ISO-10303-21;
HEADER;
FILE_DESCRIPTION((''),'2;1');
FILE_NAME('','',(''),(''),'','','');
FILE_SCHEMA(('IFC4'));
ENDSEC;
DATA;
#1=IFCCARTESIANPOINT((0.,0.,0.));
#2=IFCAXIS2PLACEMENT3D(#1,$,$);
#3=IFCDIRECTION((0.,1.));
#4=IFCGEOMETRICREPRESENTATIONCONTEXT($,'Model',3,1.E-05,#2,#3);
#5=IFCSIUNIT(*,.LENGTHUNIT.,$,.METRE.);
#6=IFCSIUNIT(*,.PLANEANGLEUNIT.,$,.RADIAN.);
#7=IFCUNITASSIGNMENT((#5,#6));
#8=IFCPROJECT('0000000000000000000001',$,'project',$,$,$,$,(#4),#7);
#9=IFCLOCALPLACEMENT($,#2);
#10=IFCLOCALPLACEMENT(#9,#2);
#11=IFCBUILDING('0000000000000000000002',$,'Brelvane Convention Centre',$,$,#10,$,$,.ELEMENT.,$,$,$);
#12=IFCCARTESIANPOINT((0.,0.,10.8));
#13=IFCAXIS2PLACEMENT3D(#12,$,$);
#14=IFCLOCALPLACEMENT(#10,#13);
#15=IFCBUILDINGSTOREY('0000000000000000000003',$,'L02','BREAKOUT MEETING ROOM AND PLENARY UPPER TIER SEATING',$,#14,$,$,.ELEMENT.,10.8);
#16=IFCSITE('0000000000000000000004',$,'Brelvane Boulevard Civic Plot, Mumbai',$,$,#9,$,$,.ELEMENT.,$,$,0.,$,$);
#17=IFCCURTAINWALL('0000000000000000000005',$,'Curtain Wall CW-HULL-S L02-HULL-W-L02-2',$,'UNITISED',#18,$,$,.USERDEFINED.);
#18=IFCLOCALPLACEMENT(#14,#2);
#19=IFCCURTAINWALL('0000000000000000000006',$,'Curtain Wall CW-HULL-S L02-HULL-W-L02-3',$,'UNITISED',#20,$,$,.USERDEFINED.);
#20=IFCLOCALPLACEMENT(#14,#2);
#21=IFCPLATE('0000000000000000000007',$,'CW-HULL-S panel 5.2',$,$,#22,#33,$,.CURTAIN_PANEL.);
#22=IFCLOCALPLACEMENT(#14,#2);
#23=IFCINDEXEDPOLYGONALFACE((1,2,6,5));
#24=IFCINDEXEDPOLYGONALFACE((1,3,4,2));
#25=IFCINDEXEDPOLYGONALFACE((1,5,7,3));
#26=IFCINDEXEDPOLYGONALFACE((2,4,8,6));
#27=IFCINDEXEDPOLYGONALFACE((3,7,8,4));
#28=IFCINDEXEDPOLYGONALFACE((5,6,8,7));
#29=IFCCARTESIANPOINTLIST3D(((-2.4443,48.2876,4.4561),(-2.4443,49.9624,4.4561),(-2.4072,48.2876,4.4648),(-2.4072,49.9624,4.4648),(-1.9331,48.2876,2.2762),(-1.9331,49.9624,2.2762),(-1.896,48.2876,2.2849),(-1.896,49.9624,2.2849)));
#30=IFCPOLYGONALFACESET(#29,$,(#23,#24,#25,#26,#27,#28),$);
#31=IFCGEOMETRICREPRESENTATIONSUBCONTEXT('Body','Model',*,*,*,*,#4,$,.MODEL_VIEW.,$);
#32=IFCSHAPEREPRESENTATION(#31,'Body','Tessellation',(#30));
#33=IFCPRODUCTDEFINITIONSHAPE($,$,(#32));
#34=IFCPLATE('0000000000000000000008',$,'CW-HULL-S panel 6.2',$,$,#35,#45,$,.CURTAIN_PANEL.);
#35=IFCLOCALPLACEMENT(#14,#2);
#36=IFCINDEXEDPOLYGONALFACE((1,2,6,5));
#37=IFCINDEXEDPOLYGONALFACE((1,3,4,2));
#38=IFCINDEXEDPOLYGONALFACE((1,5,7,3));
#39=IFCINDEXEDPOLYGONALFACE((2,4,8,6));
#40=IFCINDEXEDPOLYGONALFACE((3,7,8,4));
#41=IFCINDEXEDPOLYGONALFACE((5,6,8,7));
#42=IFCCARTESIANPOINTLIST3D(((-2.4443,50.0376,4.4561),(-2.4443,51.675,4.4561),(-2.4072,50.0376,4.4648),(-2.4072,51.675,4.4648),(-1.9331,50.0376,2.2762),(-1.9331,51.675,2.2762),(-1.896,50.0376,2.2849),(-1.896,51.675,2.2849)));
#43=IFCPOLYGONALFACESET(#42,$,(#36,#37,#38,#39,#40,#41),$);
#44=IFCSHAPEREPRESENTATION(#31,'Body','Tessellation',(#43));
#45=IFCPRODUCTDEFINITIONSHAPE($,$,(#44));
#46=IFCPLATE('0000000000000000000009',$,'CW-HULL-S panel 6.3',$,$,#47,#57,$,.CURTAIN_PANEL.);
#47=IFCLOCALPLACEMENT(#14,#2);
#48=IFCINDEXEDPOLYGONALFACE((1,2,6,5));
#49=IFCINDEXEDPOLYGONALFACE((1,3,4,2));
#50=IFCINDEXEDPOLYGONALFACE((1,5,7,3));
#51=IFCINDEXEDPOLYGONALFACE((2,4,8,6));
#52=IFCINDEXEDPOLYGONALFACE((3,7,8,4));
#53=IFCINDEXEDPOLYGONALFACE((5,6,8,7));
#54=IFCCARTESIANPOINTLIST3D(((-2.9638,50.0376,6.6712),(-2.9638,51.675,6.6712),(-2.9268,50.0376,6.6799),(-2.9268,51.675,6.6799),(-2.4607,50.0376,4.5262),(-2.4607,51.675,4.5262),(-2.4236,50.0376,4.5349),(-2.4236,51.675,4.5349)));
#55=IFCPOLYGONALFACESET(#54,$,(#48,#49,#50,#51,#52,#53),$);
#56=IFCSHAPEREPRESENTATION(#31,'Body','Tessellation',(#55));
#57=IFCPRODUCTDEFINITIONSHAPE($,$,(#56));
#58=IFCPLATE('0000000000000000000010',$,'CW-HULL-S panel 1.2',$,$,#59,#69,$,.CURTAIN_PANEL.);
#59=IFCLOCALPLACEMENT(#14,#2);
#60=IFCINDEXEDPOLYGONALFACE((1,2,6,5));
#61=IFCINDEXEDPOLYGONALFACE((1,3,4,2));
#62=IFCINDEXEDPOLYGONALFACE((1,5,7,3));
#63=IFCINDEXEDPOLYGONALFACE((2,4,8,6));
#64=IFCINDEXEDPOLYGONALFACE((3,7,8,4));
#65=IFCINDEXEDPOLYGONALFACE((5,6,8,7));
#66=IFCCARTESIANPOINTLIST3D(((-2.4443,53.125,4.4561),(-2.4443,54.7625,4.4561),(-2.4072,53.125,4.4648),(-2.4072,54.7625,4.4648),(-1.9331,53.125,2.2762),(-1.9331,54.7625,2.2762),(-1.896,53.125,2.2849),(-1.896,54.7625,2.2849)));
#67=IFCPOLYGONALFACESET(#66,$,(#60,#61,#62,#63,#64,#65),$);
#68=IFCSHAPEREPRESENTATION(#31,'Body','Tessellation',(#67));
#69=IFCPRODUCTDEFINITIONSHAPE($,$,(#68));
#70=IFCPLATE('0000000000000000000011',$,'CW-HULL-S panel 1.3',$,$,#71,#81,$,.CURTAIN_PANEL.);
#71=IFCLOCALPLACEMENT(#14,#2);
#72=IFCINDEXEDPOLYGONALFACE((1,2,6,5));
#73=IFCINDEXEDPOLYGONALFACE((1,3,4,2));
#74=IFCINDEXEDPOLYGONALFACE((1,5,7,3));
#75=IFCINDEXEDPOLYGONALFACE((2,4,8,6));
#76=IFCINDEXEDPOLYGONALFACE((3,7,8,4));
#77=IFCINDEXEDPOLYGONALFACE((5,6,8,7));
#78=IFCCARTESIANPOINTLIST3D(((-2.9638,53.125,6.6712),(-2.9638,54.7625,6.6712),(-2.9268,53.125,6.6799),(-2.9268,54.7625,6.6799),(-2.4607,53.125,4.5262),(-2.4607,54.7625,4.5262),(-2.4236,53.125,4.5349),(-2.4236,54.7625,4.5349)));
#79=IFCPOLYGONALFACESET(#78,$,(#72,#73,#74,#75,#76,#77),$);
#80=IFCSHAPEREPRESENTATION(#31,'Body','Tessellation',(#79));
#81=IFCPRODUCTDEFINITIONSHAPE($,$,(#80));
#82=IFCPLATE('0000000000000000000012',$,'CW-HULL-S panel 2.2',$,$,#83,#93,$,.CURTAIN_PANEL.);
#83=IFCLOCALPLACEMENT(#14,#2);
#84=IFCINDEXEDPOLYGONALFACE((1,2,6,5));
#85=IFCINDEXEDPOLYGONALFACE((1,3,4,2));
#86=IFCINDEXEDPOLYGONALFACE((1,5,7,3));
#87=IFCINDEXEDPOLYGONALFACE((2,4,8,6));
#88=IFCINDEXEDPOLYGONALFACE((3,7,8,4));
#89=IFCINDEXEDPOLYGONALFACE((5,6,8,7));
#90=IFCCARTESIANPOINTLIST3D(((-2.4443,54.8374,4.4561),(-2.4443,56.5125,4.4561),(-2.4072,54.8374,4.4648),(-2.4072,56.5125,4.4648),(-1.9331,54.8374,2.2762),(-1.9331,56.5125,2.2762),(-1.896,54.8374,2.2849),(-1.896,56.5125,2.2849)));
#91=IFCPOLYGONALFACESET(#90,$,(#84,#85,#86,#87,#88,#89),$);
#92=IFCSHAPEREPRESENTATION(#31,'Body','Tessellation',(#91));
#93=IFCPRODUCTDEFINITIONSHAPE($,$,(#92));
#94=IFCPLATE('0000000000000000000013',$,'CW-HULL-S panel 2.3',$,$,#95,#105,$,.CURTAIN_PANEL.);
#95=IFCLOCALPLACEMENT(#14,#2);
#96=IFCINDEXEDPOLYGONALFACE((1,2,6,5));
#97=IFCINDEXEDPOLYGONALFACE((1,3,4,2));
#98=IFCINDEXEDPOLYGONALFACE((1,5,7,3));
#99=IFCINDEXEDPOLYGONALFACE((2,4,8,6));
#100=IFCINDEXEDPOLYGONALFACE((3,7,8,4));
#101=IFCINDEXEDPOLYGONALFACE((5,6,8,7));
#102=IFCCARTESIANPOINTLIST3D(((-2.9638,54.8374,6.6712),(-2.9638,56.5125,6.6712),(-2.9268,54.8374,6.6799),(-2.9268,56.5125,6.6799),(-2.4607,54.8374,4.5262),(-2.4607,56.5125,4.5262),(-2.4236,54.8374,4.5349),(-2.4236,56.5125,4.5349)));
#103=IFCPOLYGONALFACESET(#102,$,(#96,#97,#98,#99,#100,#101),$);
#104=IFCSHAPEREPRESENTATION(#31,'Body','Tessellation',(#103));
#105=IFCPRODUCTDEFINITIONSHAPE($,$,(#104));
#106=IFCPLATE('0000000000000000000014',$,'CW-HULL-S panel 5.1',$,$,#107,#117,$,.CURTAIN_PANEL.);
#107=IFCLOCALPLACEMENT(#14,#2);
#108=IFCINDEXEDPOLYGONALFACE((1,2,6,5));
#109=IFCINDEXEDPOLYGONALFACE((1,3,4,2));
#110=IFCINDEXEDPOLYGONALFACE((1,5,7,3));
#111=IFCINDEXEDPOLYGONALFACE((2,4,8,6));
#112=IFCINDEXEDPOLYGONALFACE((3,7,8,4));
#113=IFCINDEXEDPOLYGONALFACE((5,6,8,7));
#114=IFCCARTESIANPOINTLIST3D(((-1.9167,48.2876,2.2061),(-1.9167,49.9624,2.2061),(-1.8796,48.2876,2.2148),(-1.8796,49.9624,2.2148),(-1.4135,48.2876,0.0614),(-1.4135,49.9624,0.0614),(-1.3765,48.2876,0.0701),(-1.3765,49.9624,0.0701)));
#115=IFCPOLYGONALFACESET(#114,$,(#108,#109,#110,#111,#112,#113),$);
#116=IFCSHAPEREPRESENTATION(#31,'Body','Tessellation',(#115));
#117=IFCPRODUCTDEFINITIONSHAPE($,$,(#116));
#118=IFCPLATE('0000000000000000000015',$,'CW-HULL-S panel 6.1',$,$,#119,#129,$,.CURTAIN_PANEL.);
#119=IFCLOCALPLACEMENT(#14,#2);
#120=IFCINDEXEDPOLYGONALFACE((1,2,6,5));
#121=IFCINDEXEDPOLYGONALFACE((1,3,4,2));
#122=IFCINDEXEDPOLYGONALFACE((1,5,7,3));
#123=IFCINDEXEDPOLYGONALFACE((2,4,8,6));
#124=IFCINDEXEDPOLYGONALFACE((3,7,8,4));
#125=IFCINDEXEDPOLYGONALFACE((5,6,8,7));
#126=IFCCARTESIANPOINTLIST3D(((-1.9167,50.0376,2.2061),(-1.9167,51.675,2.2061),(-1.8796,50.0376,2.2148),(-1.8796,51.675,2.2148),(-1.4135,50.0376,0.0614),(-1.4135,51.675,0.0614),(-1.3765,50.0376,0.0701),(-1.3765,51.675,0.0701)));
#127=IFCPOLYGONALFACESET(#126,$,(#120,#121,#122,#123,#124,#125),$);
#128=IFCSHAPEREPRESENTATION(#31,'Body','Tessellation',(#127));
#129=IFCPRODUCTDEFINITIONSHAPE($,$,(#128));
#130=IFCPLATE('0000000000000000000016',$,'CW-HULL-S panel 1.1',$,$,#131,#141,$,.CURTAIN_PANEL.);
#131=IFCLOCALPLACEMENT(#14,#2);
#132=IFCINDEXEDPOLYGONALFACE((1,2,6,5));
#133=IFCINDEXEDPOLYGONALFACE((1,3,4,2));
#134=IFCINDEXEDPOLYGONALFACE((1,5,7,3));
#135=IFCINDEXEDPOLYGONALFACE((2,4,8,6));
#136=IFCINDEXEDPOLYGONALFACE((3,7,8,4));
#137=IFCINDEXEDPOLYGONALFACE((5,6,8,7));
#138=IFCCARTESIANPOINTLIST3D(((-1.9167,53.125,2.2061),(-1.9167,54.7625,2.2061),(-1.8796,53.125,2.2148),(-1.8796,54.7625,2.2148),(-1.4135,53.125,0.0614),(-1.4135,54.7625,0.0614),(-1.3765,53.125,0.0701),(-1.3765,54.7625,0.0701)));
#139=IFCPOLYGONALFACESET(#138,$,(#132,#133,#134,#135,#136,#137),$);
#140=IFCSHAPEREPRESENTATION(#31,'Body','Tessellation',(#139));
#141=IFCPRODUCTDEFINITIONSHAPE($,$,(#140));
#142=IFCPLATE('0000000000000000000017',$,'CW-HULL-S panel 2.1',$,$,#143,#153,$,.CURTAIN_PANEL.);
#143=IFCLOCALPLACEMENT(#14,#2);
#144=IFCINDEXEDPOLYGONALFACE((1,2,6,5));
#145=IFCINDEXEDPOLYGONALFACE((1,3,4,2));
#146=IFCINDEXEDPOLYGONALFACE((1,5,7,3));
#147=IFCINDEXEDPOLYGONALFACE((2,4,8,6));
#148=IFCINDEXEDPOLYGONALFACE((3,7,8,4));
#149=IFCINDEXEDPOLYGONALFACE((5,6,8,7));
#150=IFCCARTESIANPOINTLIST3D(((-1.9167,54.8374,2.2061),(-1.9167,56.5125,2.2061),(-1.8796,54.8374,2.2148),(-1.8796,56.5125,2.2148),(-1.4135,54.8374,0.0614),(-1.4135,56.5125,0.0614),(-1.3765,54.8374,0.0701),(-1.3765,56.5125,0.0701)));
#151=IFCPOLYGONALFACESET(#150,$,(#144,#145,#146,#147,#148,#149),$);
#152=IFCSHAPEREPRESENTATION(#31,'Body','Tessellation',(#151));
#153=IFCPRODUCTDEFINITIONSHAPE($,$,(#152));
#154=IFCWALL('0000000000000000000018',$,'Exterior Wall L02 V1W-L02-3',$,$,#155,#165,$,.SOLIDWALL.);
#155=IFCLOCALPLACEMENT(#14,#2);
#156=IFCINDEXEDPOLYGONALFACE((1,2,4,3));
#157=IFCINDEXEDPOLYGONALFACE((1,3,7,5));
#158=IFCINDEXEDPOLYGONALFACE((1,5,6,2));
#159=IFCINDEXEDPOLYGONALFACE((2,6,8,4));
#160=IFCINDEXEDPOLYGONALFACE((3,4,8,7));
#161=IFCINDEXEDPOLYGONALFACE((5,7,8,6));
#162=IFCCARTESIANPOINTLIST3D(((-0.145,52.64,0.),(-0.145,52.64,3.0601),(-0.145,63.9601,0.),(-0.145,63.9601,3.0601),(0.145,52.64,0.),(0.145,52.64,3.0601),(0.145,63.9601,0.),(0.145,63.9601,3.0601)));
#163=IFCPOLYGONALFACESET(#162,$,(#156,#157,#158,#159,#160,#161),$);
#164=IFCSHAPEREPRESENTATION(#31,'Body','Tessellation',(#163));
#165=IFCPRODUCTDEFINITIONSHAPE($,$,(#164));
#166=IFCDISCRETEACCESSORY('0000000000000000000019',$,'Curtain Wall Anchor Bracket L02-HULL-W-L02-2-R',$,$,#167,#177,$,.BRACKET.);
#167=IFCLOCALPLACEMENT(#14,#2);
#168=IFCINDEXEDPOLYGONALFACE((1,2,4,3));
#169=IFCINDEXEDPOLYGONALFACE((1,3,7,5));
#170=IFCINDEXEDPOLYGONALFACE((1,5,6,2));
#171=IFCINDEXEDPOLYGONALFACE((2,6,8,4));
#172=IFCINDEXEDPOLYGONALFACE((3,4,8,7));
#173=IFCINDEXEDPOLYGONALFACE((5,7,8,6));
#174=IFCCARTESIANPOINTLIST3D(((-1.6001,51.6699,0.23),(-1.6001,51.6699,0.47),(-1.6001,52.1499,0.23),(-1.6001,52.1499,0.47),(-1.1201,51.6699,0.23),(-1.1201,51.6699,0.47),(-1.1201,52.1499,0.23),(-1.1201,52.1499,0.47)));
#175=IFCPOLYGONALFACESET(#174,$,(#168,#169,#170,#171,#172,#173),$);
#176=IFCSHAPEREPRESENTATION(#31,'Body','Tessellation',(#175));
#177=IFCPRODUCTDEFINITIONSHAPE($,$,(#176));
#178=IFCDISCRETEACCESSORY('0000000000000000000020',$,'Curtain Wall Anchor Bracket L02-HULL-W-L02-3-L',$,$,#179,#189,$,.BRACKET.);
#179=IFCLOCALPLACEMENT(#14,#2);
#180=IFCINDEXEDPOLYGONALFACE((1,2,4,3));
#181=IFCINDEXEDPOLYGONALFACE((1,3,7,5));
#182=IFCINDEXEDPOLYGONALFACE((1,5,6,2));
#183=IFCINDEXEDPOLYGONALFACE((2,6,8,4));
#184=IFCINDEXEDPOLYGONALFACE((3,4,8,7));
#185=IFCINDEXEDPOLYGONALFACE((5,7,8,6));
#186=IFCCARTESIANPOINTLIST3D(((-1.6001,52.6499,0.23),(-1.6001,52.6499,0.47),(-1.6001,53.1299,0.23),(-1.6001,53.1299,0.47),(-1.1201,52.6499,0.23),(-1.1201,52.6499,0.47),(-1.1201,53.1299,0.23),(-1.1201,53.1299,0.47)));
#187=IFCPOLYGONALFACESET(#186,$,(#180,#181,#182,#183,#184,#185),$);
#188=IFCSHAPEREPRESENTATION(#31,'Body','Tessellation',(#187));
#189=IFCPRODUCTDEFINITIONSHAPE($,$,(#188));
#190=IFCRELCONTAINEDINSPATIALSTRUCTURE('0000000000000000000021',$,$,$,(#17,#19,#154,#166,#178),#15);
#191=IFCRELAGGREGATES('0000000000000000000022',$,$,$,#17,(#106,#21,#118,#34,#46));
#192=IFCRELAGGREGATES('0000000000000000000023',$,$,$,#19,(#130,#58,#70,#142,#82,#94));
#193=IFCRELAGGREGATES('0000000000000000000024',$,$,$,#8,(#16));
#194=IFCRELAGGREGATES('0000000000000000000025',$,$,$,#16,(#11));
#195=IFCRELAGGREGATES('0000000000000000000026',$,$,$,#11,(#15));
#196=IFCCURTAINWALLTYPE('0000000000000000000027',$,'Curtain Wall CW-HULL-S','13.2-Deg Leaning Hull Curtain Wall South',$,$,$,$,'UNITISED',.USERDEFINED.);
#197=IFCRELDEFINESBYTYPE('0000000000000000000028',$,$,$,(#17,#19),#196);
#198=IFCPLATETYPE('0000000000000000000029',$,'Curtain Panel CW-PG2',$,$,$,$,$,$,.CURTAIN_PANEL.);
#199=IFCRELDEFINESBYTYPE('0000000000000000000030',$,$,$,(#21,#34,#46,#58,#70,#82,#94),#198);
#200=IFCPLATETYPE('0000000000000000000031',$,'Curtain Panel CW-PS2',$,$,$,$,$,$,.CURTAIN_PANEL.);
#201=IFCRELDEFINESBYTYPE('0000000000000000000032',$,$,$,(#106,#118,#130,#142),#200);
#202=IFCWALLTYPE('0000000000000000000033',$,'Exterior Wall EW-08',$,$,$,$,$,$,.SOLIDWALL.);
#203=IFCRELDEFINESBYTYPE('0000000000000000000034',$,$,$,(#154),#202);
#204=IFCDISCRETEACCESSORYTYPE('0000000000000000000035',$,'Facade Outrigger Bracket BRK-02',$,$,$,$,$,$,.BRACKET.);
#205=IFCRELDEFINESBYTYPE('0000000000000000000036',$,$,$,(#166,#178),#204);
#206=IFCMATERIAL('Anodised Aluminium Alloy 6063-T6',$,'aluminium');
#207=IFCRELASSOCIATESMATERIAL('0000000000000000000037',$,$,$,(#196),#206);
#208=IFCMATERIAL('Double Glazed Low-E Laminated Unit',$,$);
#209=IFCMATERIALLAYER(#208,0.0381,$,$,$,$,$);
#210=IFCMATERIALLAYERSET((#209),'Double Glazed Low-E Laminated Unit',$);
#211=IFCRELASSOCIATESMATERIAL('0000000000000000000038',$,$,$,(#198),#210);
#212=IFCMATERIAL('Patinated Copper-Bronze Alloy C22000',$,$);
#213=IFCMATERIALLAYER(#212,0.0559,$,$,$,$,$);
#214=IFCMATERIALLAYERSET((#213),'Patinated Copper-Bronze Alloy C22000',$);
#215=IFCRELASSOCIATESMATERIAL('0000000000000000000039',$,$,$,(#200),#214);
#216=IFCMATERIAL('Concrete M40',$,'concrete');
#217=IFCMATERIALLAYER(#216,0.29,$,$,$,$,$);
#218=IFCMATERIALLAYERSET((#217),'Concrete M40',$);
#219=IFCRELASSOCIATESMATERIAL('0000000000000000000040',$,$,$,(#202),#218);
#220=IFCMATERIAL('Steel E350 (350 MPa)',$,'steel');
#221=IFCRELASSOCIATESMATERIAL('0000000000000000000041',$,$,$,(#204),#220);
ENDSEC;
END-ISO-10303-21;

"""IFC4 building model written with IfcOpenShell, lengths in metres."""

from ifc_helpers import new_model, si_unit, direction, frame, frame_2d, origin, origin_2d, place, context, subcontext, project, spatial, polyline, rectangle, outline, extrude, material, layer, layer_set, type_object, element, aggregate, save


model = new_model("IFC4")

# Units and contexts
model_context = context("Model", 3, precision=1e-05, world=origin(), true_north=direction((0.0, 1.0)))
body_context = subcontext(model_context, "Body", "Model", "MODEL_VIEW")
ifc_project = project(units=[si_unit("LENGTHUNIT", "METRE"), si_unit("PLANEANGLEUNIT", "RADIAN")], contexts=[model_context])

# Site, building, storey
site_placement = place(None, origin())
site = spatial("IfcSite", under=ifc_project, at=site_placement, Name="Brelvane Boulevard Civic Plot, Mumbai", CompositionType="ELEMENT", RefElevation=0.0)
building_placement = place(site_placement, origin())
building = spatial("IfcBuilding", under=site, at=building_placement, Name="Brelvane Convention Centre", CompositionType="ELEMENT")
storey_placement = place(building_placement, frame((0.0, 0.0, 10.8)))
storey = spatial("IfcBuildingStorey", under=building, at=storey_placement, Name="L02", Description="BREAKOUT MEETING ROOM AND PLENARY UPPER TIER SEATING", CompositionType="ELEMENT", Elevation=10.8)

# Curtain walls
ifc_material_1 = material(Name="Anodised Aluminium Alloy 6063-T6", Category="aluminium")
curtain_wall_type = type_object("IfcCurtainWallType", Name="Curtain Wall CW-HULL-S", Description="13.2-Deg Leaning Hull Curtain Wall South", ElementType="UNITISED", PredefinedType="USERDEFINED", material=ifc_material_1)
curtain_wall_1_placement = place(storey_placement, origin())
curtain_wall_1 = element("IfcCurtainWall", 1, at=curtain_wall_1_placement, inside=storey, type_object=curtain_wall_type, Name="Curtain Wall CW-HULL-S L02-HULL-W-L02-2", ObjectType="UNITISED", PredefinedType="USERDEFINED")
curtain_wall_2_placement = place(storey_placement, origin())
curtain_wall_2 = element("IfcCurtainWall", 2, at=curtain_wall_2_placement, inside=storey, type_object=curtain_wall_type, Name="Curtain Wall CW-HULL-S L02-HULL-W-L02-3", ObjectType="UNITISED", PredefinedType="USERDEFINED")

# Plates
ifc_material_2 = material(Name="Double Glazed Low-E Laminated Unit")
ifc_layer_1 = layer(ifc_material_2, 0.0381)
ifc_layer_set_1 = layer_set([ifc_layer_1], Name="Double Glazed Low-E Laminated Unit")
plate_type_1 = type_object("IfcPlateType", Name="Curtain Panel CW-PG2", PredefinedType="CURTAIN_PANEL", material=ifc_layer_set_1)
plate_1_placement = place(storey_placement, frame((-1.896, 48.2876, 2.2849), z_axis=(0.973586, 0.0, 0.228322), x_axis=(0.0, 1.0, 0.0)))
plate_1 = element("IfcPlate", 3, at=plate_1_placement, type_object=plate_type_1, Name="CW-HULL-S panel 5.2", PredefinedType="CURTAIN_PANEL", context=body_context, shape_type="SweptSolid", body=[
    extrude(outline(polyline([(0.0, 0.0), (1.6748, 0.0), (1.6748, 2.2391), (0.0, 2.2391), (0.0, 0.0)])), origin(), (0.0, 0.0, -1.0), 0.0381),
])
plate_2_placement = place(storey_placement, frame((-1.896, 50.0376, 2.2849), z_axis=(0.973586, 0.0, 0.228322), x_axis=(0.0, 1.0, 0.0)))
plate_2 = element("IfcPlate", 4, at=plate_2_placement, type_object=plate_type_1, Name="CW-HULL-S panel 6.2", PredefinedType="CURTAIN_PANEL", context=body_context, shape_type="SweptSolid", body=[
    extrude(outline(polyline([(0.0, 0.0), (1.6375, 0.0), (1.6375, 2.2391), (0.0, 2.2391), (0.0, 0.0)])), origin(), (0.0, 0.0, -1.0), 0.0381),
])
plate_3_placement = place(storey_placement, frame((-2.4236, 50.0376, 4.5349), z_axis=(0.973572, 0.0, 0.228378), x_axis=(0.0, 1.0, 0.0)))
plate_3 = element("IfcPlate", 5, at=plate_3_placement, type_object=plate_type_1, Name="CW-HULL-S panel 6.3", PredefinedType="CURTAIN_PANEL", context=body_context, shape_type="SweptSolid", body=[
    extrude(outline(polyline([(0.0, 0.0), (1.6375, 0.0), (1.6375, 2.2032), (0.0, 2.2032), (0.0, 0.0)])), origin(), (0.0, 0.0, -1.0), 0.0381),
])
plate_4_placement = place(storey_placement, frame((-1.896, 53.125, 2.2849), z_axis=(0.973586, 0.0, 0.228322), x_axis=(0.0, 1.0, 0.0)))
plate_4 = element("IfcPlate", 6, at=plate_4_placement, type_object=plate_type_1, Name="CW-HULL-S panel 1.2", PredefinedType="CURTAIN_PANEL", context=body_context, shape_type="SweptSolid", body=[
    extrude(outline(polyline([(0.0, 0.0), (1.6375, 0.0), (1.6375, 2.2391), (0.0, 2.2391), (0.0, 0.0)])), origin(), (0.0, 0.0, -1.0), 0.0381),
])
plate_5_placement = place(storey_placement, frame((-2.4236, 53.125, 4.5349), z_axis=(0.973572, 0.0, 0.228378), x_axis=(0.0, 1.0, 0.0)))
plate_5 = element("IfcPlate", 7, at=plate_5_placement, type_object=plate_type_1, Name="CW-HULL-S panel 1.3", PredefinedType="CURTAIN_PANEL", context=body_context, shape_type="SweptSolid", body=[
    extrude(outline(polyline([(0.0, 0.0), (1.6375, 0.0), (1.6375, 2.2032), (0.0, 2.2032), (0.0, 0.0)])), origin(), (0.0, 0.0, -1.0), 0.0381),
])
plate_6_placement = place(storey_placement, frame((-1.896, 54.8374, 2.2849), z_axis=(0.973586, 0.0, 0.228322), x_axis=(0.0, 1.0, 0.0)))
plate_6 = element("IfcPlate", 8, at=plate_6_placement, type_object=plate_type_1, Name="CW-HULL-S panel 2.2", PredefinedType="CURTAIN_PANEL", context=body_context, shape_type="SweptSolid", body=[
    extrude(outline(polyline([(0.0, 0.0), (1.675, 0.0), (1.675, 2.2391), (0.0, 2.2391), (0.0, 0.0)])), origin(), (0.0, 0.0, -1.0), 0.0381),
])
plate_7_placement = place(storey_placement, frame((-2.4236, 54.8374, 4.5349), z_axis=(0.973572, 0.0, 0.228378), x_axis=(0.0, 1.0, 0.0)))
plate_7 = element("IfcPlate", 9, at=plate_7_placement, type_object=plate_type_1, Name="CW-HULL-S panel 2.3", PredefinedType="CURTAIN_PANEL", context=body_context, shape_type="SweptSolid", body=[
    extrude(outline(polyline([(0.0, 0.0), (1.675, 0.0), (1.675, 2.2032), (0.0, 2.2032), (0.0, 0.0)])), origin(), (0.0, 0.0, -1.0), 0.0381),
])
ifc_material_3 = material(Name="Patinated Copper-Bronze Alloy C22000")
ifc_layer_2 = layer(ifc_material_3, 0.0559)
ifc_layer_set_2 = layer_set([ifc_layer_2], Name="Patinated Copper-Bronze Alloy C22000")
plate_type_2 = type_object("IfcPlateType", Name="Curtain Panel CW-PS2", PredefinedType="CURTAIN_PANEL", material=ifc_layer_set_2)
plate_8_placement = place(storey_placement, frame((-1.3765, 48.2876, 0.0701), z_axis=(0.973567, 0.0, 0.228403), x_axis=(0.0, 1.0, 0.0)))
plate_8 = element("IfcPlate", 10, at=plate_8_placement, type_object=plate_type_2, Name="CW-HULL-S panel 5.1", PredefinedType="CURTAIN_PANEL", context=body_context, shape_type="SweptSolid", body=[
    extrude(outline(polyline([(0.0, 0.0), (1.6748, 0.0), (1.6748, 2.203), (0.0, 2.203), (0.0, 0.0)])), origin(), (0.0, 0.0, -1.0), 0.0381),
])
plate_9_placement = place(storey_placement, frame((-1.3765, 50.0376, 0.0701), z_axis=(0.973567, 0.0, 0.228403), x_axis=(0.0, 1.0, 0.0)))
plate_9 = element("IfcPlate", 11, at=plate_9_placement, type_object=plate_type_2, Name="CW-HULL-S panel 6.1", PredefinedType="CURTAIN_PANEL", context=body_context, shape_type="SweptSolid", body=[
    extrude(outline(polyline([(0.0, 0.0), (1.6375, 0.0), (1.6375, 2.203), (0.0, 2.203), (0.0, 0.0)])), origin(), (0.0, 0.0, -1.0), 0.0381),
])
aggregate(curtain_wall_1, [plate_8, plate_1, plate_9, plate_2, plate_3])
plate_10_placement = place(storey_placement, frame((-1.3765, 53.125, 0.0701), z_axis=(0.973567, 0.0, 0.228403), x_axis=(0.0, 1.0, 0.0)))
plate_10 = element("IfcPlate", 12, at=plate_10_placement, type_object=plate_type_2, Name="CW-HULL-S panel 1.1", PredefinedType="CURTAIN_PANEL", context=body_context, shape_type="SweptSolid", body=[
    extrude(outline(polyline([(0.0, 0.0), (1.6375, 0.0), (1.6375, 2.203), (0.0, 2.203), (0.0, 0.0)])), origin(), (0.0, 0.0, -1.0), 0.0381),
])
plate_11_placement = place(storey_placement, frame((-1.3765, 54.8374, 0.0701), z_axis=(0.973567, 0.0, 0.228403), x_axis=(0.0, 1.0, 0.0)))
plate_11 = element("IfcPlate", 13, at=plate_11_placement, type_object=plate_type_2, Name="CW-HULL-S panel 2.1", PredefinedType="CURTAIN_PANEL", context=body_context, shape_type="SweptSolid", body=[
    extrude(outline(polyline([(0.0, 0.0), (1.675, 0.0), (1.675, 2.203), (0.0, 2.203), (0.0, 0.0)])), origin(), (0.0, 0.0, -1.0), 0.0381),
])
aggregate(curtain_wall_2, [plate_10, plate_4, plate_5, plate_11, plate_6, plate_7])

# Wall
ifc_material_4 = material(Name="Concrete M40", Category="concrete")
ifc_layer_3 = layer(ifc_material_4, 0.29)
ifc_layer_set_3 = layer_set([ifc_layer_3], Name="Concrete M40")
wall_type = type_object("IfcWallType", Name="Exterior Wall EW-08", PredefinedType="SOLIDWALL", material=ifc_layer_set_3)
wall_placement = place(storey_placement, frame((0.0, 52.6399, 0.0), z_axis=(0.0, 0.0, 1.0), x_axis=(0.0, 1.0, 0.0)))
element("IfcWall", 14, at=wall_placement, inside=storey, type_object=wall_type, Name="Exterior Wall L02 V1W-L02-3", PredefinedType="SOLIDWALL", context=body_context, shape_type="SweptSolid", body=[
    extrude(rectangle(XDim=11.3201, YDim=0.29, at=frame_2d((5.6602, 0.0))), origin(), (0.0, 0.0, 1.0), 3.0601),
])

# Discrete accessories
ifc_material_5 = material(Name="Steel E350 (350 MPa)", Category="steel")
discrete_accessory_type = type_object("IfcDiscreteAccessoryType", Name="Facade Outrigger Bracket BRK-02", PredefinedType="BRACKET", material=ifc_material_5)
for number, where, z_axis, x_axis, name in (
    (15, (-1.3601, 51.9099, 0.23), (0.0, 0.0, 1.0), (1.0, 0.0, 0.0), "Curtain Wall Anchor Bracket L02-HULL-W-L02-2-R"),
    (16, (-1.3601, 52.8899, 0.23), (0.0, 0.0, 1.0), (1.0, 0.0, 0.0), "Curtain Wall Anchor Bracket L02-HULL-W-L02-3-L"),
):
    element("IfcDiscreteAccessory", number, at=place(storey_placement, frame(where, z_axis=z_axis, x_axis=x_axis)), inside=storey, type_object=discrete_accessory_type, Name=name, PredefinedType="BRACKET", context=body_context, shape_type="SweptSolid", body=[
        extrude(rectangle(XDim=0.48, YDim=0.48, at=origin_2d()), origin(), (0.0, 0.0, 1.0), 0.24),
    ])

save(model, "model.ifc")
